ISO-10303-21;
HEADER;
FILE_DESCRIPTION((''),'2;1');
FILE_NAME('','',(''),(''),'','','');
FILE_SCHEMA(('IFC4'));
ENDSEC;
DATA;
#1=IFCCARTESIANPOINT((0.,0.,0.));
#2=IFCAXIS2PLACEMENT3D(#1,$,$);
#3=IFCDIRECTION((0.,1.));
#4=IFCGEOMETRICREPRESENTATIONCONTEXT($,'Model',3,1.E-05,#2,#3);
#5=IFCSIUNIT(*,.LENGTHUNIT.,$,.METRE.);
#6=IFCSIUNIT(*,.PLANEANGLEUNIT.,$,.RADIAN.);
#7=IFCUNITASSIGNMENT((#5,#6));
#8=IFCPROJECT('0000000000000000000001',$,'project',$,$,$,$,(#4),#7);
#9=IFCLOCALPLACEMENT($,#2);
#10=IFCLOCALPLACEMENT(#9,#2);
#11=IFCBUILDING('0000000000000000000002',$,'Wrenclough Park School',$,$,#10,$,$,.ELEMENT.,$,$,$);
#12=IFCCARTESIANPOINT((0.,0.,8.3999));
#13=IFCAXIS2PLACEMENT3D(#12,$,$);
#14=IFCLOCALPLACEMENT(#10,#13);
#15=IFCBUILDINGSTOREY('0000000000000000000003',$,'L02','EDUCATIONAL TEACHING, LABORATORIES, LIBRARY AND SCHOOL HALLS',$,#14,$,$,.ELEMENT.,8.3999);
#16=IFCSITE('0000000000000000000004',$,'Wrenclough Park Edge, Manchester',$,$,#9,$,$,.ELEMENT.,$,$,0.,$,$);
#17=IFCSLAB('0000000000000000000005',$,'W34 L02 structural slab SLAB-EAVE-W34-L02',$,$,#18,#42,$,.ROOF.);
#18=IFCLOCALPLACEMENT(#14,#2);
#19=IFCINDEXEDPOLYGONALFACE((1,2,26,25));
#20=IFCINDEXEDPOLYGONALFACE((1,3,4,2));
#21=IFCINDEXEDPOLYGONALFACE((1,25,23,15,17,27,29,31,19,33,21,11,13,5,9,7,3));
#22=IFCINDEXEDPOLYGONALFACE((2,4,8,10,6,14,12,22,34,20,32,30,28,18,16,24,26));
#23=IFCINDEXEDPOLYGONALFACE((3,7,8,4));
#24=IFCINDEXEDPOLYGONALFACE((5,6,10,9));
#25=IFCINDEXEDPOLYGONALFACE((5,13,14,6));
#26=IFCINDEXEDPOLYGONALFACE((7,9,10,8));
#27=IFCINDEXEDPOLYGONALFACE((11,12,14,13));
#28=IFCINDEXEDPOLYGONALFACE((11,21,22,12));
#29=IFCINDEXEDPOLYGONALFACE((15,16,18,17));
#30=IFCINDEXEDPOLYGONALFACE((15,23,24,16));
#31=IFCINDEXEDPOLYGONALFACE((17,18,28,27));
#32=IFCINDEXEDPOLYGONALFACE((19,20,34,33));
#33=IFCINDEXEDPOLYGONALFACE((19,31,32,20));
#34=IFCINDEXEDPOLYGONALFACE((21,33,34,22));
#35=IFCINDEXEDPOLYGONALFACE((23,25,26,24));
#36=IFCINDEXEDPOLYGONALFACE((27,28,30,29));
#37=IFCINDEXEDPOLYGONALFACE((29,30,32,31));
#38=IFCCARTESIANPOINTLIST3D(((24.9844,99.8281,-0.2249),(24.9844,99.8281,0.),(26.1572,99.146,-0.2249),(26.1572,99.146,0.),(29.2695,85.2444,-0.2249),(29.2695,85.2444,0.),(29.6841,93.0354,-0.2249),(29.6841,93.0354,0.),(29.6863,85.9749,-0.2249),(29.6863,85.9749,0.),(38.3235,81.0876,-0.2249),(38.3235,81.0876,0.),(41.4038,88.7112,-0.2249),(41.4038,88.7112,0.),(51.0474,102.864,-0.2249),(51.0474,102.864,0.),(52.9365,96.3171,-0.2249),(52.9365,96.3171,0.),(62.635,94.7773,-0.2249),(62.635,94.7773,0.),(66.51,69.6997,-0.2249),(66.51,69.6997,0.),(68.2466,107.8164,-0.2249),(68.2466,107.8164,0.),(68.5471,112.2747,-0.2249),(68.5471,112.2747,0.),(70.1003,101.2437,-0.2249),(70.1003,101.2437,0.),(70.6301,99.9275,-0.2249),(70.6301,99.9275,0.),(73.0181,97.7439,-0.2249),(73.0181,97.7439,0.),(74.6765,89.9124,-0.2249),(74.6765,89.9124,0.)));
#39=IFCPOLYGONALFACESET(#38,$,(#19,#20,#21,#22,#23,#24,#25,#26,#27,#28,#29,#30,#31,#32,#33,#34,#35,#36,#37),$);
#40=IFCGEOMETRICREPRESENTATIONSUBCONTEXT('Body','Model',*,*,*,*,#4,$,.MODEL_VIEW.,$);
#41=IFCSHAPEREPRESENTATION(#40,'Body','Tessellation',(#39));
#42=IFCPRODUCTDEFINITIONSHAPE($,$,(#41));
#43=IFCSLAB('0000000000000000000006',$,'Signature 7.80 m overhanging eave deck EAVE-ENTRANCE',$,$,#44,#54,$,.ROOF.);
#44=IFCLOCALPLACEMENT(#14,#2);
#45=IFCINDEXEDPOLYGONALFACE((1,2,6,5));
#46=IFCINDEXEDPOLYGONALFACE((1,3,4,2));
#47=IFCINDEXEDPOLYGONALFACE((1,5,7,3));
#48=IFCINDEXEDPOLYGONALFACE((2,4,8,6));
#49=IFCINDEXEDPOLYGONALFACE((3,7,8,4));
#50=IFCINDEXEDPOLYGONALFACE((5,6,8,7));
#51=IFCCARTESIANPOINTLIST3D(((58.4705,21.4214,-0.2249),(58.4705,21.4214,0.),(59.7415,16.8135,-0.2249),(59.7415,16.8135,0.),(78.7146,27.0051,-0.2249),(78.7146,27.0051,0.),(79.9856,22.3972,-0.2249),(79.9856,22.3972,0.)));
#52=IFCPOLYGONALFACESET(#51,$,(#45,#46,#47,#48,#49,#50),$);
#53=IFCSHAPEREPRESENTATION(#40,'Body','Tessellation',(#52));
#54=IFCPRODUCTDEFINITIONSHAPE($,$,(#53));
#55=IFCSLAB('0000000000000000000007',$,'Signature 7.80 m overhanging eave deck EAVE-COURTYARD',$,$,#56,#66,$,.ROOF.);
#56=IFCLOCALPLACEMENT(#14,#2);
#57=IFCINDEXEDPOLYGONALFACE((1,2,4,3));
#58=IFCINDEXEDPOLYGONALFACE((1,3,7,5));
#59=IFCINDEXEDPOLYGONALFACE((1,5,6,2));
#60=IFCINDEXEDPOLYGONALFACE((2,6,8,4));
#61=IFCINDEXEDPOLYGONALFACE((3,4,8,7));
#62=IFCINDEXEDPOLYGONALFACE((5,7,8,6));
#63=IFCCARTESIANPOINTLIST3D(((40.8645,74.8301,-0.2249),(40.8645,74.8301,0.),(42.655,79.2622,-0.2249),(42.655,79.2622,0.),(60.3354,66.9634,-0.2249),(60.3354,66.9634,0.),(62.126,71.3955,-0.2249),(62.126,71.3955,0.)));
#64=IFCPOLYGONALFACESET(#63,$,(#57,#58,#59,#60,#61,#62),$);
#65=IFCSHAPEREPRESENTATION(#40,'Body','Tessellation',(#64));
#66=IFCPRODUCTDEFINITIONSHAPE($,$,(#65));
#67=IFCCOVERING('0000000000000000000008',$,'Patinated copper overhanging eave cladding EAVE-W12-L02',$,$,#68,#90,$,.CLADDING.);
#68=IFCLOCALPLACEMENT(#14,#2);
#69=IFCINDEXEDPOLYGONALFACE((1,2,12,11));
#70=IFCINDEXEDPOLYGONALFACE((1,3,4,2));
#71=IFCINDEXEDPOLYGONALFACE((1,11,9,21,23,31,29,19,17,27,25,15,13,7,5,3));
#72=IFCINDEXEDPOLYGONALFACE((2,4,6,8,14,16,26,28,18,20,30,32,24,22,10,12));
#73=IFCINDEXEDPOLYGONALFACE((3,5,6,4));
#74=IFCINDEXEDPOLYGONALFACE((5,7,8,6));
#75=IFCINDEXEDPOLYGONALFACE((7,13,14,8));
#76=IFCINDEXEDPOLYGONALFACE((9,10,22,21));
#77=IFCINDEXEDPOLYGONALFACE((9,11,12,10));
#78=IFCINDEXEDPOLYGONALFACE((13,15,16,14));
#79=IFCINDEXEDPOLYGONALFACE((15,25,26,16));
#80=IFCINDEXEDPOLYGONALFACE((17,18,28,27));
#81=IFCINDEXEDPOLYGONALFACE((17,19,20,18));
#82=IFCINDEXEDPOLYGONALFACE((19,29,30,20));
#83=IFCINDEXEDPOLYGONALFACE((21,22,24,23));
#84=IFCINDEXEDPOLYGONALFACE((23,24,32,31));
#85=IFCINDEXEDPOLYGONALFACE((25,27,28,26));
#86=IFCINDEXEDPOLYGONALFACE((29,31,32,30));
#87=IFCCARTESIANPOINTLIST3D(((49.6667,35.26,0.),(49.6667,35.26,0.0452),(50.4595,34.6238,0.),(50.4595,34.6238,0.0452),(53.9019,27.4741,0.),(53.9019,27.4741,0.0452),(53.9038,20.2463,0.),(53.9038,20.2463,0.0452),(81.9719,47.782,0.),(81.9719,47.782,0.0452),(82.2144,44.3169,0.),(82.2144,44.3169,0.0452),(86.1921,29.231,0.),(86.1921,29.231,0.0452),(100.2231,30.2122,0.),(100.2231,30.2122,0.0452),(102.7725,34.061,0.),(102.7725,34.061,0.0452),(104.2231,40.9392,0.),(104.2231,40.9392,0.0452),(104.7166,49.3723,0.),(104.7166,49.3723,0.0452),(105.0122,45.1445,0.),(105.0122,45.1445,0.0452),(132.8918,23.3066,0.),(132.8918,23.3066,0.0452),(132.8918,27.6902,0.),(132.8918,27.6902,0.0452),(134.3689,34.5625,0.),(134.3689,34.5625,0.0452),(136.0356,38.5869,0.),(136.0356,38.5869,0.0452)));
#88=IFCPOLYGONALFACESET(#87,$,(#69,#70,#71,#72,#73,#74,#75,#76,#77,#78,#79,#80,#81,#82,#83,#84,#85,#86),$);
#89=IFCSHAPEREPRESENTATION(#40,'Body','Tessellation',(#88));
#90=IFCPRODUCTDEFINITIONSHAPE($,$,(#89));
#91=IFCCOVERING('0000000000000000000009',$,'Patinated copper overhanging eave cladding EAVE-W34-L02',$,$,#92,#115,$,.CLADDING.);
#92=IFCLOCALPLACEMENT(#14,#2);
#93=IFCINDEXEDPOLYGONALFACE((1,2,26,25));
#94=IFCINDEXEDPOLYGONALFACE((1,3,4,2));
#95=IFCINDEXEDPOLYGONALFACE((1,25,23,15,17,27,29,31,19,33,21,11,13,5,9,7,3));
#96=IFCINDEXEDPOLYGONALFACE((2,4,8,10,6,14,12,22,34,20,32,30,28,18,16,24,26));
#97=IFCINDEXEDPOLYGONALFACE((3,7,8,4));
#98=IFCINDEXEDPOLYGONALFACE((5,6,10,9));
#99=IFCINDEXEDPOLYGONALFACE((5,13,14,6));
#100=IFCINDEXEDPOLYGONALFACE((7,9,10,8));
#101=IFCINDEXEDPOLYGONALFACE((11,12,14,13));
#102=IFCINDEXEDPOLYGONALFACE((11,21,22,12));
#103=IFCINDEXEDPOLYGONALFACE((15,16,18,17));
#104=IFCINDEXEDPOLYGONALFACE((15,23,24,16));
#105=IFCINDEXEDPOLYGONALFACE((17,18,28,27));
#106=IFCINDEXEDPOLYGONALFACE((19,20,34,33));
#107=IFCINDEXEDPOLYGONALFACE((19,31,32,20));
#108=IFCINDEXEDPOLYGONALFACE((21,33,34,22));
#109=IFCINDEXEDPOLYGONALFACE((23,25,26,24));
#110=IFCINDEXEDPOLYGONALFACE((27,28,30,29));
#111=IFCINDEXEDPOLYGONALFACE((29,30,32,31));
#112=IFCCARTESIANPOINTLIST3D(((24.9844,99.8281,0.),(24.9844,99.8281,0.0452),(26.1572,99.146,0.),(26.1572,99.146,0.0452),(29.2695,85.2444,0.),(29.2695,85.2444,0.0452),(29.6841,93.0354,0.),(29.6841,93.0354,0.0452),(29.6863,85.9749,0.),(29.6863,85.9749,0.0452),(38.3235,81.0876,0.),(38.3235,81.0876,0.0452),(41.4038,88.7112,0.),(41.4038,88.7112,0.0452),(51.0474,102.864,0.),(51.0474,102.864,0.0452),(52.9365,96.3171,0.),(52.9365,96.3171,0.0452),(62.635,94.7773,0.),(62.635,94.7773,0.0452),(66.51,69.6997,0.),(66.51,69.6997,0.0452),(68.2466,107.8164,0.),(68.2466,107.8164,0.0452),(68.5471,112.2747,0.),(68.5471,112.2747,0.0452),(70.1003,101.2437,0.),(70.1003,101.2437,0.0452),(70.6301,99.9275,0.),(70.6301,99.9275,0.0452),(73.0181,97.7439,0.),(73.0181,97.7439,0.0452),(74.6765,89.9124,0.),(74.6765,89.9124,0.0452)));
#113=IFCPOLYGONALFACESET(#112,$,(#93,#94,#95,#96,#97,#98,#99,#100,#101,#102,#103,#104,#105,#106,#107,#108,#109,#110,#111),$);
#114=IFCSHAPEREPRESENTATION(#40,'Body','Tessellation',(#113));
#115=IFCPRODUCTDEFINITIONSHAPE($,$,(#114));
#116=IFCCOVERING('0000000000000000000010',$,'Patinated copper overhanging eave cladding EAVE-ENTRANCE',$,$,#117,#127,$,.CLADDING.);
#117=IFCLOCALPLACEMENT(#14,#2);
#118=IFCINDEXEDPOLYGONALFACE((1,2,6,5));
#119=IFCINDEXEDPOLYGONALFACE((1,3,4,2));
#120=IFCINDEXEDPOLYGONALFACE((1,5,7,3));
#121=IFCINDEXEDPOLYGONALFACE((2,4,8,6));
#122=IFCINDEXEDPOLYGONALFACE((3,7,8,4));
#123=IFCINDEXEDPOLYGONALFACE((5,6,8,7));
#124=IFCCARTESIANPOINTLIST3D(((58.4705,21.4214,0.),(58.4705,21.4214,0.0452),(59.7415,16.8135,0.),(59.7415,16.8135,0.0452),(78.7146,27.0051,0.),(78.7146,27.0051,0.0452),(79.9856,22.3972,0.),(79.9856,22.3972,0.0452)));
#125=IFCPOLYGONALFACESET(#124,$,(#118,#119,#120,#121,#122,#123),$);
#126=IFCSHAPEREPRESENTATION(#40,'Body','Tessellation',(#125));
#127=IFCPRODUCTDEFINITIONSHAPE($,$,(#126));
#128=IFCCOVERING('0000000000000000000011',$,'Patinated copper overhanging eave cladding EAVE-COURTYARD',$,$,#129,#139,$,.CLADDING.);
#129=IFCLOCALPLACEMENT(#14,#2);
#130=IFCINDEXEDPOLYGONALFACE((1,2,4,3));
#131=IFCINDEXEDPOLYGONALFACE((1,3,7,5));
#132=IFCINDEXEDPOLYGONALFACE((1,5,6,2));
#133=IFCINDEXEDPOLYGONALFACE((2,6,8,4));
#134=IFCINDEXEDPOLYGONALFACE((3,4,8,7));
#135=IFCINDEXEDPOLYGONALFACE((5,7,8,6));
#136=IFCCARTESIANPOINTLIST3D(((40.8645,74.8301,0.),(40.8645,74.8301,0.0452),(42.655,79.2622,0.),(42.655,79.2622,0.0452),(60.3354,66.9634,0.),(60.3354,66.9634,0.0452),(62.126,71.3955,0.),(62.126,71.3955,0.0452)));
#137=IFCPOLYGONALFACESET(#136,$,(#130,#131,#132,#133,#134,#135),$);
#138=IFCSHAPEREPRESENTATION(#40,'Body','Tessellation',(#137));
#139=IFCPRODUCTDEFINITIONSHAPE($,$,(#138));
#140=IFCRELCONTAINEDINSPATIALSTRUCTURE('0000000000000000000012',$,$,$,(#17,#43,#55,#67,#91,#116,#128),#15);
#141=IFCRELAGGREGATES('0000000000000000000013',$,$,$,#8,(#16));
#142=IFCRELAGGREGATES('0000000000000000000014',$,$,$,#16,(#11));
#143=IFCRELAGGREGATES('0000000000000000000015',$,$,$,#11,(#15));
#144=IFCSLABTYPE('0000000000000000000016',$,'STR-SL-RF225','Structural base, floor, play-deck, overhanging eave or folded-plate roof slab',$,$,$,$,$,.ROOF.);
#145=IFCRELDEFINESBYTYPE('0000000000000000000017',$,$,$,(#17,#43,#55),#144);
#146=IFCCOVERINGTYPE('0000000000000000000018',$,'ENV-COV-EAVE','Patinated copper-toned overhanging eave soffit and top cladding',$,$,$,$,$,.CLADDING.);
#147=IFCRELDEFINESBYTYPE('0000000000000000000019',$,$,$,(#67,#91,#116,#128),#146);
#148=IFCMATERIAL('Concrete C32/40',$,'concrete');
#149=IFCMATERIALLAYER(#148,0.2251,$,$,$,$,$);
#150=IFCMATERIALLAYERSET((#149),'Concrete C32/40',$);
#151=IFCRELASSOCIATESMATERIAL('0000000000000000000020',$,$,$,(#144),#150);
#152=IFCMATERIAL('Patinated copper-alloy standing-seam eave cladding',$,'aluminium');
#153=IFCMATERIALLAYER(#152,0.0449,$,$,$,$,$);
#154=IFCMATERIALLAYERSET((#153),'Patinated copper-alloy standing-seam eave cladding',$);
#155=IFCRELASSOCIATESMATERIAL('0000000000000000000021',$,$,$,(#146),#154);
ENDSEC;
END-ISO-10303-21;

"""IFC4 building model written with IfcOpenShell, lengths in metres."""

from ifc_helpers import new_model, si_unit, direction, frame, origin, place, context, subcontext, project, spatial, polyline, outline, extrude, material, layer, layer_set, type_object, element, save


model = new_model("IFC4")

# Units and contexts
model_context = context("Model", 3, precision=1e-05, world=origin(), true_north=direction((0.0, 1.0)))
body_context = subcontext(model_context, "Body", "Model", "MODEL_VIEW")
ifc_project = project(units=[si_unit("LENGTHUNIT", "METRE"), si_unit("PLANEANGLEUNIT", "RADIAN")], contexts=[model_context])

# Site, building, storey
site_placement = place(None, origin())
site = spatial("IfcSite", under=ifc_project, at=site_placement, Name="Wrenclough Park Edge, Manchester", CompositionType="ELEMENT", RefElevation=0.0)
building_placement = place(site_placement, origin())
building = spatial("IfcBuilding", under=site, at=building_placement, Name="Wrenclough Park School", CompositionType="ELEMENT")
storey_placement = place(building_placement, frame((0.0, 0.0, 8.3999)))
storey = spatial("IfcBuildingStorey", under=building, at=storey_placement, Name="L02", Description="EDUCATIONAL TEACHING, LABORATORIES, LIBRARY AND SCHOOL HALLS", CompositionType="ELEMENT", Elevation=8.3999)

# Slabs
ifc_material_1 = material(Name="Concrete C32/40", Category="concrete")
ifc_layer_1 = layer(ifc_material_1, 0.2251)
ifc_layer_set_1 = layer_set([ifc_layer_1], Name="Concrete C32/40")
slab_type_1 = type_object("IfcSlabType", Name="STR-SL-RF225", Description="Structural base, floor, play-deck, overhanging eave or folded-plate roof slab", PredefinedType="ROOF", material=ifc_layer_set_1)
slab_1_placement = place(storey_placement, frame((0.0, 0.0, -0.2249)))
element("IfcSlab", 1, at=slab_1_placement, inside=storey, type_object=slab_type_1, Name="W34 L02 structural slab SLAB-EAVE-W34-L02", PredefinedType="ROOF", context=body_context, shape_type="SweptSolid", body=[
    extrude(outline(polyline([(74.6765, 89.9124), (62.635, 94.7773), (73.0181, 97.7439), (70.6301, 99.9275), (70.1003, 101.2437), (52.9365, 96.3171), (51.0474, 102.864), (68.2466, 107.8164), (68.5471, 112.2747), (24.9844, 99.8281), (26.1572, 99.146), (29.6841, 93.0354), (29.6863, 85.9749), (29.2695, 85.2444), (41.4038, 88.7112), (38.3235, 81.0876), (66.51, 69.6997), (74.6765, 89.9124)])), origin(), (0.0, 0.0, 1.0), 0.2249),
])
slab_2_placement = place(storey_placement, frame((0.0, 0.0, -0.2249)))
element("IfcSlab", 2, at=slab_2_placement, inside=storey, type_object=slab_type_1, Name="Signature 7.80 m overhanging eave deck EAVE-ENTRANCE", PredefinedType="ROOF", context=body_context, shape_type="SweptSolid", body=[
    extrude(outline(polyline([(78.7146, 27.0051), (58.4705, 21.4214), (59.7415, 16.8135), (79.9856, 22.3972), (78.7146, 27.0051)])), origin(), (0.0, 0.0, 1.0), 0.2249),
])
slab_3_placement = place(storey_placement, frame((0.0, 0.0, -0.2249)))
element("IfcSlab", 3, at=slab_3_placement, inside=storey, type_object=slab_type_1, Name="Signature 7.80 m overhanging eave deck EAVE-COURTYARD", PredefinedType="ROOF", context=body_context, shape_type="SweptSolid", body=[
    extrude(outline(polyline([(62.126, 71.3955), (42.655, 79.2622), (40.8645, 74.8301), (60.3354, 66.9634), (62.126, 71.3955)])), origin(), (0.0, 0.0, 1.0), 0.2249),
])

# Coverings
ifc_material_2 = material(Name="Patinated copper-alloy standing-seam eave cladding", Category="aluminium")
ifc_layer_2 = layer(ifc_material_2, 0.0449)
ifc_layer_set_2 = layer_set([ifc_layer_2], Name="Patinated copper-alloy standing-seam eave cladding")
covering_type_1 = type_object("IfcCoveringType", Name="ENV-COV-EAVE", Description="Patinated copper-toned overhanging eave soffit and top cladding", PredefinedType="CLADDING", material=ifc_layer_set_2)
covering_1_placement = place(storey_placement, origin())
element("IfcCovering", 4, at=covering_1_placement, inside=storey, type_object=covering_type_1, Name="Patinated copper overhanging eave cladding EAVE-W12-L02", PredefinedType="CLADDING", context=body_context, shape_type="SweptSolid", body=[
    extrude(outline(polyline([(86.1921, 29.231), (100.2231, 30.2122), (132.8918, 23.3066), (132.8918, 27.6902), (102.7725, 34.061), (104.2231, 40.9392), (134.3689, 34.5625), (136.0356, 38.5869), (105.0122, 45.1445), (104.7166, 49.3723), (81.9719, 47.782), (82.2144, 44.3169), (49.6667, 35.26), (50.4595, 34.6238), (53.9019, 27.4741), (53.9038, 20.2463), (86.1921, 29.231)])), origin(), (0.0, 0.0, 1.0), 0.0452),
])
covering_2_placement = place(storey_placement, origin())
element("IfcCovering", 5, at=covering_2_placement, inside=storey, type_object=covering_type_1, Name="Patinated copper overhanging eave cladding EAVE-W34-L02", PredefinedType="CLADDING", context=body_context, shape_type="SweptSolid", body=[
    extrude(outline(polyline([(74.6765, 89.9124), (62.635, 94.7773), (73.0181, 97.7439), (70.6301, 99.9275), (70.1003, 101.2437), (52.9365, 96.3171), (51.0474, 102.864), (68.2466, 107.8164), (68.5471, 112.2747), (24.9844, 99.8281), (26.1572, 99.146), (29.6841, 93.0354), (29.6863, 85.9749), (29.2695, 85.2444), (41.4038, 88.7112), (38.3235, 81.0876), (66.51, 69.6997), (74.6765, 89.9124)])), origin(), (0.0, 0.0, 1.0), 0.0452),
])
covering_3_placement = place(storey_placement, origin())
element("IfcCovering", 6, at=covering_3_placement, inside=storey, type_object=covering_type_1, Name="Patinated copper overhanging eave cladding EAVE-ENTRANCE", PredefinedType="CLADDING", context=body_context, shape_type="SweptSolid", body=[
    extrude(outline(polyline([(78.7146, 27.0051), (58.4705, 21.4214), (59.7415, 16.8135), (79.9856, 22.3972), (78.7146, 27.0051)])), origin(), (0.0, 0.0, 1.0), 0.0452),
])
covering_4_placement = place(storey_placement, origin())
element("IfcCovering", 7, at=covering_4_placement, inside=storey, type_object=covering_type_1, Name="Patinated copper overhanging eave cladding EAVE-COURTYARD", PredefinedType="CLADDING", context=body_context, shape_type="SweptSolid", body=[
    extrude(outline(polyline([(62.126, 71.3955), (42.655, 79.2622), (40.8645, 74.8301), (60.3354, 66.9634), (62.126, 71.3955)])), origin(), (0.0, 0.0, 1.0), 0.0452),
])

save(model, "model.ifc")
